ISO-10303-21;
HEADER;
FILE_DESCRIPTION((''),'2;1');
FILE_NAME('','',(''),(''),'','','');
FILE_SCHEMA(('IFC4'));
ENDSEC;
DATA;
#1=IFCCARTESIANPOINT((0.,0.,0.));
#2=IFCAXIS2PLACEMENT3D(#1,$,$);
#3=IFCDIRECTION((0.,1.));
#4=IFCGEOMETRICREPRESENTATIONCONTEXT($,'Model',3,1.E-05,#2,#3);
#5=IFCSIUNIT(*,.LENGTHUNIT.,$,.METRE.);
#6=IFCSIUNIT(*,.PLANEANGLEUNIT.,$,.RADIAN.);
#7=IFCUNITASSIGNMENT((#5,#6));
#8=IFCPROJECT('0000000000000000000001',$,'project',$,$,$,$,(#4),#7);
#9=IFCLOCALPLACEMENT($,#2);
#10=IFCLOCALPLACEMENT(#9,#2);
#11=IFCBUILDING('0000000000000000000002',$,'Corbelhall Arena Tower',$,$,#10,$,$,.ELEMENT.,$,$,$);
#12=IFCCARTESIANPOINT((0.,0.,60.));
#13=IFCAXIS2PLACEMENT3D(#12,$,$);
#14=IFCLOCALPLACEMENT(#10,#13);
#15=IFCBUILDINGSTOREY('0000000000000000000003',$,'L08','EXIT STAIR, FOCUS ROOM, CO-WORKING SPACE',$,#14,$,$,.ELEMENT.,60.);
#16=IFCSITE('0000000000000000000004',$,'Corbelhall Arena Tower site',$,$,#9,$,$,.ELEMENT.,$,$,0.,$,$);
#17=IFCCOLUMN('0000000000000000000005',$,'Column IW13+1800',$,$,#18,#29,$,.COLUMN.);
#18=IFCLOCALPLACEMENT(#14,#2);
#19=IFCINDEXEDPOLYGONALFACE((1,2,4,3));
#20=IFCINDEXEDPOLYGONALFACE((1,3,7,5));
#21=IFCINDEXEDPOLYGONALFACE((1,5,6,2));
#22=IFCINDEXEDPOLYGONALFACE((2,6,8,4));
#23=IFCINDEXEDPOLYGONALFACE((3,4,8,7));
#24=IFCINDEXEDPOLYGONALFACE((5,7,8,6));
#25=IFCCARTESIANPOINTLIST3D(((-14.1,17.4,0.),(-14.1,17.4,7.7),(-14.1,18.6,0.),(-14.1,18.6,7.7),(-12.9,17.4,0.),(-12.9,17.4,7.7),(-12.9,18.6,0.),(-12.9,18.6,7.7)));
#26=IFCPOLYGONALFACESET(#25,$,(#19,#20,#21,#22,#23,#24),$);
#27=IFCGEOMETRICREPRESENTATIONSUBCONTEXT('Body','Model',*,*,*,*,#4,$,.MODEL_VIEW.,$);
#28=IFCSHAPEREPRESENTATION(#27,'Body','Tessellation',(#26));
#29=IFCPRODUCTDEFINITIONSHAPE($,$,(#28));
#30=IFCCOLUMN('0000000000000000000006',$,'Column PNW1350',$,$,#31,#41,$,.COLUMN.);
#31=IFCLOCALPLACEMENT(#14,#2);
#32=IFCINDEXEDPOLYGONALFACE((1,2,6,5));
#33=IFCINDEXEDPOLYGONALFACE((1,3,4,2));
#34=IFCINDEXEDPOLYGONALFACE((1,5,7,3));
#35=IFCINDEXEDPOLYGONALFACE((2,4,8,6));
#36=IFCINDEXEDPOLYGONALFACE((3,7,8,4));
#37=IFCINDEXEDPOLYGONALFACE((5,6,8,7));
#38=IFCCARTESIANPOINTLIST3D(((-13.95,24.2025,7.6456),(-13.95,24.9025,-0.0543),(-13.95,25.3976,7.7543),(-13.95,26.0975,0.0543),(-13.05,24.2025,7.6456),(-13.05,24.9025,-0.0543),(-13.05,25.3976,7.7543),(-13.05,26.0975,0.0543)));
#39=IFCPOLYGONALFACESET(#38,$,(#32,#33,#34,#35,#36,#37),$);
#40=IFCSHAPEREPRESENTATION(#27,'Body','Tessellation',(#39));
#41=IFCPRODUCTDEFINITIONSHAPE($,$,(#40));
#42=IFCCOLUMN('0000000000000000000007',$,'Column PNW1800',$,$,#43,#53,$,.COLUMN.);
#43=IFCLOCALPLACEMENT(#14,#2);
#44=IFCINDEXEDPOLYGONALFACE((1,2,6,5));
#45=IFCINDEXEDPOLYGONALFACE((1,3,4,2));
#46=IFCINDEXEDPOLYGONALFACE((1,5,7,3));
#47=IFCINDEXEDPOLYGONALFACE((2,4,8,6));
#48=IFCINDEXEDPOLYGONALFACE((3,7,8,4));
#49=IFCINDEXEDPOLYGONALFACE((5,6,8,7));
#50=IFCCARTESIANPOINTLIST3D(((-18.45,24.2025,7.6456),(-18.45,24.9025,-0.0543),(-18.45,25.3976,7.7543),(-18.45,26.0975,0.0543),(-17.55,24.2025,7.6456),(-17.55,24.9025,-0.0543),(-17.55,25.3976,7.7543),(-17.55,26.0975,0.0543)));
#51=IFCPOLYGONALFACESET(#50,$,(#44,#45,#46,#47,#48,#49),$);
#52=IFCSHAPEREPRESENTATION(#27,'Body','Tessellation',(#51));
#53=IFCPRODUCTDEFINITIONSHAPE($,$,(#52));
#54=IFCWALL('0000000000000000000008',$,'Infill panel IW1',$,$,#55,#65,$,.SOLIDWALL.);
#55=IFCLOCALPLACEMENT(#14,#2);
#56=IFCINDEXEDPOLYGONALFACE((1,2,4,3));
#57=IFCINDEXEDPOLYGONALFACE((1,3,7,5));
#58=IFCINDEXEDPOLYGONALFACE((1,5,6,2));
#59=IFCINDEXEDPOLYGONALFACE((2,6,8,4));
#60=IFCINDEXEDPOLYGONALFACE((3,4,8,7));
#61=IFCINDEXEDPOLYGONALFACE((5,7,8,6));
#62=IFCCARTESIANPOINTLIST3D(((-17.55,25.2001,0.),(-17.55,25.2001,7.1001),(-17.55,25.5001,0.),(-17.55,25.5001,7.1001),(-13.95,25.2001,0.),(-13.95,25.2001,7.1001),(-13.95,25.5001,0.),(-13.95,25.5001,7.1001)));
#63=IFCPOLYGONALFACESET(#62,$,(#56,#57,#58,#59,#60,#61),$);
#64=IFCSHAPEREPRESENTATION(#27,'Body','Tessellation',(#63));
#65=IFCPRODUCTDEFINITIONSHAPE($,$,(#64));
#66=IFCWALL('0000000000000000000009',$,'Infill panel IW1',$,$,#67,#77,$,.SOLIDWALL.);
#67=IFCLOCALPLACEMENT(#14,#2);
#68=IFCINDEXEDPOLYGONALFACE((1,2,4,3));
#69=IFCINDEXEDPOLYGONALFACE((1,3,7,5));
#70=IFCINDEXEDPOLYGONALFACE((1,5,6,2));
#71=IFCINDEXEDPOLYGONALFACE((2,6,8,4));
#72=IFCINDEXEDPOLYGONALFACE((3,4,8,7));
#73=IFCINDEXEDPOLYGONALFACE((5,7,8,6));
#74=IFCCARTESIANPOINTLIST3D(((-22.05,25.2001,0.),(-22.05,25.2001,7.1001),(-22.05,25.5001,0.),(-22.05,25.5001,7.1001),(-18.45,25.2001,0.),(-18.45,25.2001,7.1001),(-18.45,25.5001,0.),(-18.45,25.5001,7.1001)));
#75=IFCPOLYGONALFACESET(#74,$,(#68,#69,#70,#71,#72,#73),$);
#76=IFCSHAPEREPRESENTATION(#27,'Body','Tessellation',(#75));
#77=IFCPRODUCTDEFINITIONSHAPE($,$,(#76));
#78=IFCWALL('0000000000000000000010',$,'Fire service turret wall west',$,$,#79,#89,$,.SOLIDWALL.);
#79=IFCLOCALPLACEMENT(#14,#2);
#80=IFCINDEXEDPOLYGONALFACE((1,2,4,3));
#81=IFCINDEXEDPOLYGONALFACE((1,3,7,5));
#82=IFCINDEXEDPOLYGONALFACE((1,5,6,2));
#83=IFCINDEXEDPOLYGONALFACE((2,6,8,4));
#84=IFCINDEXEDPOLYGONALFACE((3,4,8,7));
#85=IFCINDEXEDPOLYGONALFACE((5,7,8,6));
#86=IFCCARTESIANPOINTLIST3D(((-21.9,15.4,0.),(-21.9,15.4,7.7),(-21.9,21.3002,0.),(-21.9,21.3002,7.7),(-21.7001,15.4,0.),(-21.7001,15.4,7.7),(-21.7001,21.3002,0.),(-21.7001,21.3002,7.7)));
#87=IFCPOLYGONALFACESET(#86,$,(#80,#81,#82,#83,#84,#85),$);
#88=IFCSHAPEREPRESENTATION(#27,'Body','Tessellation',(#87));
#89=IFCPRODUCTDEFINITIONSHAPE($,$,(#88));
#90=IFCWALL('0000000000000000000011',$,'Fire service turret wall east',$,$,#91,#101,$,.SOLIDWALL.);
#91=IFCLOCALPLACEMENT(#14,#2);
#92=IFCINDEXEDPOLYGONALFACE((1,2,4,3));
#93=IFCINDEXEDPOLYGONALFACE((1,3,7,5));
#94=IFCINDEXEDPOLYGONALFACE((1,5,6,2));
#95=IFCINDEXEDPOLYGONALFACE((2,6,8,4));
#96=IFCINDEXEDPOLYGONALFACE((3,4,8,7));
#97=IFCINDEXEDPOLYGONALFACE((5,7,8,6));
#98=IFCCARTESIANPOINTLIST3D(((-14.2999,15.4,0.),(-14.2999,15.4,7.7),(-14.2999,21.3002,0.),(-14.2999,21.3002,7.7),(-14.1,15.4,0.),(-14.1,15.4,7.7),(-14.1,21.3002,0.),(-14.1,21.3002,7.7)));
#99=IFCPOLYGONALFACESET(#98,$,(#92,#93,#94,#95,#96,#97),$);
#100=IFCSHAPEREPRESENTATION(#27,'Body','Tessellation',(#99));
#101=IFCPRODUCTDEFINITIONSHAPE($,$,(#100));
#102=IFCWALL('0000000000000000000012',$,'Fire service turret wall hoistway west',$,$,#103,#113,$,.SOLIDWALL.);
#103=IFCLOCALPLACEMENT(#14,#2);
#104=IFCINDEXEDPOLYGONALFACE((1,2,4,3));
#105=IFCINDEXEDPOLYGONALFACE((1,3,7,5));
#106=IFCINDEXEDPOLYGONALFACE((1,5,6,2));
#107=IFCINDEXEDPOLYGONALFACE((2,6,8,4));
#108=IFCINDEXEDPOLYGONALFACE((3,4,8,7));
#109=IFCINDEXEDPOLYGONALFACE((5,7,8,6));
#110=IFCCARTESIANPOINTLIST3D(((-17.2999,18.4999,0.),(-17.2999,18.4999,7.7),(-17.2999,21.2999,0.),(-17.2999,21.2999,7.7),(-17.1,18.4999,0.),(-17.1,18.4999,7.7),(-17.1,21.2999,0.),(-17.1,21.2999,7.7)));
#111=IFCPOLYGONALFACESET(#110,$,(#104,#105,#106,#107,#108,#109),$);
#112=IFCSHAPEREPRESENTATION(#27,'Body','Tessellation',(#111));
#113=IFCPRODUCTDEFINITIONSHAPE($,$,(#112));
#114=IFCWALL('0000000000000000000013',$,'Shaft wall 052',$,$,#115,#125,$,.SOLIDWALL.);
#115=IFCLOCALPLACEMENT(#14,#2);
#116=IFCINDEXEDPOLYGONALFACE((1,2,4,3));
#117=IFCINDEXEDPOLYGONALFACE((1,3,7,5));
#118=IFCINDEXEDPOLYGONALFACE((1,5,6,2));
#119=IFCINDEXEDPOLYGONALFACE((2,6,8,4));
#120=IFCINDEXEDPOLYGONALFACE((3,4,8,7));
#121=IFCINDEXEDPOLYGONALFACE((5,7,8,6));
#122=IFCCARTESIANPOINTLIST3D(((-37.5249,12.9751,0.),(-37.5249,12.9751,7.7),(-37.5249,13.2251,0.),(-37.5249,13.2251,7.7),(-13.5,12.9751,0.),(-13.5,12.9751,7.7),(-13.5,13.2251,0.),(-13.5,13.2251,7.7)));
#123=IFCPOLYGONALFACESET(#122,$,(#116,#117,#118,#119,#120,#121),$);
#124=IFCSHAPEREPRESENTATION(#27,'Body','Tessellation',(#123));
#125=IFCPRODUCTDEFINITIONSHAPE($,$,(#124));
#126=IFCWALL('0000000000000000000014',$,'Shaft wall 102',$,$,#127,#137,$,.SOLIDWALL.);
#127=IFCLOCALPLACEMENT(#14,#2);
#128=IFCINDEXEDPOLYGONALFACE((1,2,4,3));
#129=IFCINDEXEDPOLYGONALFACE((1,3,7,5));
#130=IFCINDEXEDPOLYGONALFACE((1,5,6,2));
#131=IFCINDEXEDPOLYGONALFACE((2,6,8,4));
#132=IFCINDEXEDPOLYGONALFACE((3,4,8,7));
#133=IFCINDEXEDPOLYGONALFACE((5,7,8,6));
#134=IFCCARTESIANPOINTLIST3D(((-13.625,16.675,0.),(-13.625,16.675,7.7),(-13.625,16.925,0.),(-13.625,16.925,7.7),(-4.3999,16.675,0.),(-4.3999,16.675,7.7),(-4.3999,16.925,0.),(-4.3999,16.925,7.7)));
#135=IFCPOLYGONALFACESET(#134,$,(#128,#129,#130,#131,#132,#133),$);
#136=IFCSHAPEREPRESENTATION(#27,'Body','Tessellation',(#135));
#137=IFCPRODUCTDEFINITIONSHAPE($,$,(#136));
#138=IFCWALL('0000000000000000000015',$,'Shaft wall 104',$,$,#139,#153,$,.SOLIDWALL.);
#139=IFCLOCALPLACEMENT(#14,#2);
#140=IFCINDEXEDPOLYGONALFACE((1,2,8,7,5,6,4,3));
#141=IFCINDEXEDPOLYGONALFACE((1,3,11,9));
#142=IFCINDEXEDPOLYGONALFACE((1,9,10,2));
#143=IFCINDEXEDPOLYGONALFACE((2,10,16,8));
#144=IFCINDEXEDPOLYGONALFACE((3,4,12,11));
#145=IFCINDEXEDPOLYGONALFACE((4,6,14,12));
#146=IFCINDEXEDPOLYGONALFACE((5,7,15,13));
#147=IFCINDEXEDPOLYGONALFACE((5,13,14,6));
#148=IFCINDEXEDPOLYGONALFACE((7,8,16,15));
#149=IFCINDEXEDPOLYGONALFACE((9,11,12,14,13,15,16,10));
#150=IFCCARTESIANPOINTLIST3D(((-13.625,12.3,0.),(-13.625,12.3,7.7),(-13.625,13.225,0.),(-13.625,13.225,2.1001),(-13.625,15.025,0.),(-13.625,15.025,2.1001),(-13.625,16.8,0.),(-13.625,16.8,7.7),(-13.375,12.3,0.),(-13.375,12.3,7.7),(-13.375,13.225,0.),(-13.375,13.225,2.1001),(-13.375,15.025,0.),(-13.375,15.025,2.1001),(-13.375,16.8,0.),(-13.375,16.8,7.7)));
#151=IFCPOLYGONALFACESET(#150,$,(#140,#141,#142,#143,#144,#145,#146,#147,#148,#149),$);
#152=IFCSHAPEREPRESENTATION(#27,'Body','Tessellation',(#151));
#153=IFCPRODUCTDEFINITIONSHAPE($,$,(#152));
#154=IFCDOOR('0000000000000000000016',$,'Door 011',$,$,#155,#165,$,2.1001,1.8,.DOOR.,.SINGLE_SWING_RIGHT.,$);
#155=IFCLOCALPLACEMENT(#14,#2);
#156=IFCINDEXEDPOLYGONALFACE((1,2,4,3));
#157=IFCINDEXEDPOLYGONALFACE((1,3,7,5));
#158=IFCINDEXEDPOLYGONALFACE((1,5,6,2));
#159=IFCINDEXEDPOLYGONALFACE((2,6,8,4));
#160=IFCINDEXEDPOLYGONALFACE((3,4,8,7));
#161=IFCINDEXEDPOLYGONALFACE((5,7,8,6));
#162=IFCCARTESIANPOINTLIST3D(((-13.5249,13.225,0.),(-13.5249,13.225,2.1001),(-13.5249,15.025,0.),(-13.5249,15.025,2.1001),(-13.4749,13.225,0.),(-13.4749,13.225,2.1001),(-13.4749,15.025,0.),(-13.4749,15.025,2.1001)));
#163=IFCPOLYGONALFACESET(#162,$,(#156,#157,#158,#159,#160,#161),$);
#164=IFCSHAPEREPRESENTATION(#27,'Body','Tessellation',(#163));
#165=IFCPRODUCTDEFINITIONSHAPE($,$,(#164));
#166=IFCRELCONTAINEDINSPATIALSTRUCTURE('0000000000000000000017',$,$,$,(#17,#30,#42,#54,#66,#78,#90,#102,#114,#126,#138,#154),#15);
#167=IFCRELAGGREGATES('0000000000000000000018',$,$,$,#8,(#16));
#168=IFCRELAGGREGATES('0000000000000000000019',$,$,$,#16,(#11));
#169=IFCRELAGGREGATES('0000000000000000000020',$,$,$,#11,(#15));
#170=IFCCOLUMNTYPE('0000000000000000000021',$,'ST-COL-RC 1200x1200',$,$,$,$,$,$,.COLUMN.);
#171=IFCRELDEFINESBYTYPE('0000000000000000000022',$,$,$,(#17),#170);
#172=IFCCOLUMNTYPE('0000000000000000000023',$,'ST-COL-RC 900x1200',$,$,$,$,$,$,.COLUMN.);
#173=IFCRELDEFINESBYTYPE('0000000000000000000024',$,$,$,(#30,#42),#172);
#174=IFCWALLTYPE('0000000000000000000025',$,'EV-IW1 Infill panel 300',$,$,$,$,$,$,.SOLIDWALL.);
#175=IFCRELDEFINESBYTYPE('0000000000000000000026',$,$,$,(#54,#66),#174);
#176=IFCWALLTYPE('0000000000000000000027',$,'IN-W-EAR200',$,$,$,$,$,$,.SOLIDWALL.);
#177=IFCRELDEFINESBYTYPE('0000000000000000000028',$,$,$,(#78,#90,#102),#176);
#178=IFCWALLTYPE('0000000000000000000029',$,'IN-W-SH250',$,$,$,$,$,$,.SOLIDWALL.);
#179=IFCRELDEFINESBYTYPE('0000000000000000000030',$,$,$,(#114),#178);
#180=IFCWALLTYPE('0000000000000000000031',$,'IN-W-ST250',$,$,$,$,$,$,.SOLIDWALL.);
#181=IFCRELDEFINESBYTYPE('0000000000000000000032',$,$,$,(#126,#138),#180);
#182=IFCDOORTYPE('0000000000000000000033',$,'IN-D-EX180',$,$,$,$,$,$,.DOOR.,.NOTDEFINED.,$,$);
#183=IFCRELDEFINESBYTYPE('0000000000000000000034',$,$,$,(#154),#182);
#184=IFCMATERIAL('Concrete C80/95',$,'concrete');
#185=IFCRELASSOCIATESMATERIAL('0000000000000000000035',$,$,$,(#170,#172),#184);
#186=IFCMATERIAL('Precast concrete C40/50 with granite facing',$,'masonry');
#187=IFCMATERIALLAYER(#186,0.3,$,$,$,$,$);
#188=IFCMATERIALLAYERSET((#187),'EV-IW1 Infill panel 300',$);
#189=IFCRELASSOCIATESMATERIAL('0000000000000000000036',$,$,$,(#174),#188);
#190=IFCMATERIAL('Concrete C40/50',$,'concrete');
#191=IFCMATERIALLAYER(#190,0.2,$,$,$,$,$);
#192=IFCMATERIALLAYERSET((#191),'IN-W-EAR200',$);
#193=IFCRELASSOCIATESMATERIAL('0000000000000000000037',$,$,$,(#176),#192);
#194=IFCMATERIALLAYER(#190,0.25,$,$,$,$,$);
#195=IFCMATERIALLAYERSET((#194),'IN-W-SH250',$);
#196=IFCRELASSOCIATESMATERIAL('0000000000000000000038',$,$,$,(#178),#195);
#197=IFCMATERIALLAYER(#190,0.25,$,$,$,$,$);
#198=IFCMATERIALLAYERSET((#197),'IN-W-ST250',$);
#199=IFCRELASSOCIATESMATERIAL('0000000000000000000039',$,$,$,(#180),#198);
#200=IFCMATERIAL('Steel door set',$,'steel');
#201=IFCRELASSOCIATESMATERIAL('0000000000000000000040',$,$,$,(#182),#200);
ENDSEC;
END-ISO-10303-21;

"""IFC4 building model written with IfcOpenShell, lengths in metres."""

from ifc_helpers import new_model, si_unit, direction, frame, frame_2d, origin, origin_2d, place, context, subcontext, project, spatial, rectangle, extrude, material, layer, layer_set, material_profile, profile_set, type_object, element, fill, save


model = new_model("IFC4")

# Units and contexts
model_context = context("Model", 3, precision=1e-05, world=origin(), true_north=direction((0.0, 1.0)))
body_context = subcontext(model_context, "Body", "Model", "MODEL_VIEW")
ifc_project = project(units=[si_unit("LENGTHUNIT", "METRE"), si_unit("PLANEANGLEUNIT", "RADIAN")], contexts=[model_context])

# Site, building, storey
site_placement = place(None, origin())
site = spatial("IfcSite", under=ifc_project, at=site_placement, Name="Corbelhall Arena Tower site", CompositionType="ELEMENT", RefElevation=0.0)
building_placement = place(site_placement, origin())
building = spatial("IfcBuilding", under=site, at=building_placement, Name="Corbelhall Arena Tower", CompositionType="ELEMENT")
storey_placement = place(building_placement, frame((0.0, 0.0, 60.0)))
storey = spatial("IfcBuildingStorey", under=building, at=storey_placement, Name="L08", Description="EXIT STAIR, FOCUS ROOM, CO-WORKING SPACE", CompositionType="ELEMENT", Elevation=60.0)

# Columns
ifc_material_1 = material(Name="Concrete C80/95", Category="concrete")
ifc_material_profile_1 = material_profile(ifc_material_1, rectangle(XDim=1.2, YDim=1.2, at=origin_2d()))
ifc_profile_set_1 = profile_set([ifc_material_profile_1], Name="Concrete C80/95")
column_type_1 = type_object("IfcColumnType", Name="ST-COL-RC 1200x1200", PredefinedType="COLUMN", material=ifc_profile_set_1)
column_placement = place(storey_placement, frame((-13.5, 18.0, 0.0), z_axis=(0.0, 0.0, 1.0), x_axis=(1.0, 0.0, 0.0)))
element("IfcColumn", 1, at=column_placement, inside=storey, type_object=column_type_1, Name="Column IW13+1800", PredefinedType="COLUMN", context=body_context, shape_type="SweptSolid", body=[
    extrude(rectangle(XDim=1.2, YDim=1.2, at=origin_2d()), origin(), (0.0, 0.0, 1.0), 7.7),
])
ifc_material_profile_2 = material_profile(ifc_material_1, rectangle(XDim=0.8999, YDim=1.2, at=origin_2d()))
ifc_profile_set_2 = profile_set([ifc_material_profile_2], Name="Concrete C80/95")
column_type_2 = type_object("IfcColumnType", Name="ST-COL-RC 900x1200", PredefinedType="COLUMN", material=ifc_profile_set_2)
for number, where, z_axis, x_axis, name in (
    (2, (-13.5, 25.5, 0.0), (0.0, -0.09053, 0.995894), (1.0, 0.0, 0.0), "Column PNW1350"),
    (3, (-18.0, 25.5, 0.0), (0.0, -0.09053, 0.995894), (1.0, 0.0, 0.0), "Column PNW1800"),
):
    element("IfcColumn", number, at=place(storey_placement, frame(where, z_axis=z_axis, x_axis=x_axis)), inside=storey, type_object=column_type_2, Name=name, PredefinedType="COLUMN", context=body_context, shape_type="SweptSolid", body=[
        extrude(rectangle(XDim=0.8999, YDim=1.2, at=origin_2d()), origin(), (0.0, 0.0, 1.0), 7.7317),
    ])

# Walls
ifc_material_2 = material(Name="Precast concrete C40/50 with granite facing", Category="masonry")
ifc_layer_1 = layer(ifc_material_2, 0.3)
ifc_layer_set_1 = layer_set([ifc_layer_1], Name="EV-IW1 Infill panel 300")
wall_type_1 = type_object("IfcWallType", Name="EV-IW1 Infill panel 300", PredefinedType="SOLIDWALL", material=ifc_layer_set_1)
for number, where, z_axis, x_axis, name in (
    (4, (-13.95, 25.3501, 0.0), (0.0, 0.0, 1.0), (-1.0, 0.0, 0.0), "Infill panel IW1"),
    (5, (-18.45, 25.3501, 0.0), (0.0, 0.0, 1.0), (-1.0, 0.0, 0.0), "Infill panel IW1"),
):
    element("IfcWall", number, at=place(storey_placement, frame(where, z_axis=z_axis, x_axis=x_axis)), inside=storey, type_object=wall_type_1, Name=name, PredefinedType="SOLIDWALL", context=body_context, shape_type="SweptSolid", body=[
        extrude(rectangle(XDim=3.6001, YDim=0.3, at=frame_2d((1.8, 0.0))), origin(), (0.0, 0.0, 1.0), 7.1001),
    ])
ifc_material_3 = material(Name="Concrete C40/50", Category="concrete")
ifc_layer_2 = layer(ifc_material_3, 0.2)
ifc_layer_set_2 = layer_set([ifc_layer_2], Name="IN-W-EAR200")
wall_type_2 = type_object("IfcWallType", Name="IN-W-EAR200", PredefinedType="SOLIDWALL", material=ifc_layer_set_2)
for number, where, z_axis, x_axis, name in (
    (6, (-21.8, 15.3999, 0.0), (0.0, 0.0, 1.0), (0.0, 1.0, 0.0), "Fire service turret wall west"),
    (7, (-14.2, 15.3999, 0.0), (0.0, 0.0, 1.0), (0.0, 1.0, 0.0), "Fire service turret wall east"),
):
    element("IfcWall", number, at=place(storey_placement, frame(where, z_axis=z_axis, x_axis=x_axis)), inside=storey, type_object=wall_type_2, Name=name, PredefinedType="SOLIDWALL", context=body_context, shape_type="SweptSolid", body=[
        extrude(rectangle(XDim=5.9001, YDim=0.2, at=frame_2d((2.9502, 0.0))), origin(), (0.0, 0.0, 1.0), 7.7),
    ])

# Shared definitions
ifc_material_4 = material(Name="Steel door set", Category="steel")

# Wall
wall_1_placement = place(storey_placement, frame((-17.2, 18.5, 0.0), z_axis=(0.0, 0.0, 1.0), x_axis=(0.0, 1.0, 0.0)))
element("IfcWall", 8, at=wall_1_placement, inside=storey, type_object=wall_type_2, Name="Fire service turret wall hoistway west", PredefinedType="SOLIDWALL", context=body_context, shape_type="SweptSolid", body=[
    extrude(rectangle(XDim=2.8, YDim=0.2, at=frame_2d((1.3999, 0.0))), origin(), (0.0, 0.0, 1.0), 7.7),
])

# Walls
ifc_layer_3 = layer(ifc_material_3, 0.25)
ifc_layer_set_3 = layer_set([ifc_layer_3], Name="IN-W-SH250")
wall_type_3 = type_object("IfcWallType", Name="IN-W-SH250", PredefinedType="SOLIDWALL", material=ifc_layer_set_3)
wall_2_placement = place(storey_placement, frame((-13.5, 13.1001, 0.0), z_axis=(0.0, 0.0, 1.0), x_axis=(-1.0, 0.0, 0.0)))
element("IfcWall", 9, at=wall_2_placement, inside=storey, type_object=wall_type_3, Name="Shaft wall 052", PredefinedType="SOLIDWALL", context=body_context, shape_type="SweptSolid", body=[
    extrude(rectangle(XDim=24.0249, YDim=0.25, at=frame_2d((12.0125, 0.0))), origin(), (0.0, 0.0, 1.0), 7.7),
])
ifc_layer_4 = layer(ifc_material_3, 0.25)
ifc_layer_set_4 = layer_set([ifc_layer_4], Name="IN-W-ST250")
wall_type_4 = type_object("IfcWallType", Name="IN-W-ST250", PredefinedType="SOLIDWALL", material=ifc_layer_set_4)
wall_3_placement = place(storey_placement, frame((-13.625, 16.8, 0.0), z_axis=(0.0, 0.0, 1.0), x_axis=(1.0, 0.0, 0.0)))
element("IfcWall", 10, at=wall_3_placement, inside=storey, type_object=wall_type_4, Name="Shaft wall 102", PredefinedType="SOLIDWALL", context=body_context, shape_type="SweptSolid", body=[
    extrude(rectangle(XDim=9.2251, YDim=0.25, at=frame_2d((4.6125, 0.0))), origin(), (0.0, 0.0, 1.0), 7.7),
])

# Wall, opening, door
wall_4_placement = place(storey_placement, frame((-13.5, 12.3, 0.0), z_axis=(0.0, 0.0, 1.0), x_axis=(0.0, 1.0, 0.0)))
wall_4 = element("IfcWall", 11, at=wall_4_placement, inside=storey, type_object=wall_type_4, Name="Shaft wall 104", PredefinedType="SOLIDWALL", context=body_context, shape_type="SweptSolid", body=[
    extrude(rectangle(XDim=4.5, YDim=0.25, at=frame_2d((2.25, 0.0))), origin(), (0.0, 0.0, 1.0), 7.7),
])
opening_1_placement = place(wall_4_placement, frame((0.925, 0.0, 0.0)))
opening_1 = element("IfcOpeningElement", 12, at=opening_1_placement, cuts=wall_4, PredefinedType="OPENING", context=body_context, shape_type="SweptSolid", body=[
    extrude(rectangle(XDim=1.8, YDim=2.1001, at=frame_2d((0.8999, 1.05))), frame((0.0, 0.125, 0.0), z_axis=(0.0, -1.0, 0.0), x_axis=(1.0, 0.0, 0.0)), (0.0, 0.0, 1.0), 0.25),
])
door_type_1 = type_object("IfcDoorType", Name="IN-D-EX180", OperationType="NOTDEFINED", PredefinedType="DOOR", material=ifc_material_4)
door_1_placement = place(opening_1_placement, origin())
door_1 = element("IfcDoor", 13, at=door_1_placement, inside=storey, type_object=door_type_1, Name="Door 011", OperationType="SINGLE_SWING_RIGHT", OverallHeight=2.1001, OverallWidth=1.8, PredefinedType="DOOR", context=body_context, shape_type="SweptSolid", body=[
    extrude(rectangle(XDim=1.8, YDim=2.1001, at=frame_2d((0.8999, 1.05))), frame((0.0, 0.0249, 0.0), z_axis=(0.0, -1.0, 0.0), x_axis=(1.0, 0.0, 0.0)), (0.0, 0.0, 1.0), 0.05),
])
fill(opening_1, door_1)

save(model, "model.ifc")
